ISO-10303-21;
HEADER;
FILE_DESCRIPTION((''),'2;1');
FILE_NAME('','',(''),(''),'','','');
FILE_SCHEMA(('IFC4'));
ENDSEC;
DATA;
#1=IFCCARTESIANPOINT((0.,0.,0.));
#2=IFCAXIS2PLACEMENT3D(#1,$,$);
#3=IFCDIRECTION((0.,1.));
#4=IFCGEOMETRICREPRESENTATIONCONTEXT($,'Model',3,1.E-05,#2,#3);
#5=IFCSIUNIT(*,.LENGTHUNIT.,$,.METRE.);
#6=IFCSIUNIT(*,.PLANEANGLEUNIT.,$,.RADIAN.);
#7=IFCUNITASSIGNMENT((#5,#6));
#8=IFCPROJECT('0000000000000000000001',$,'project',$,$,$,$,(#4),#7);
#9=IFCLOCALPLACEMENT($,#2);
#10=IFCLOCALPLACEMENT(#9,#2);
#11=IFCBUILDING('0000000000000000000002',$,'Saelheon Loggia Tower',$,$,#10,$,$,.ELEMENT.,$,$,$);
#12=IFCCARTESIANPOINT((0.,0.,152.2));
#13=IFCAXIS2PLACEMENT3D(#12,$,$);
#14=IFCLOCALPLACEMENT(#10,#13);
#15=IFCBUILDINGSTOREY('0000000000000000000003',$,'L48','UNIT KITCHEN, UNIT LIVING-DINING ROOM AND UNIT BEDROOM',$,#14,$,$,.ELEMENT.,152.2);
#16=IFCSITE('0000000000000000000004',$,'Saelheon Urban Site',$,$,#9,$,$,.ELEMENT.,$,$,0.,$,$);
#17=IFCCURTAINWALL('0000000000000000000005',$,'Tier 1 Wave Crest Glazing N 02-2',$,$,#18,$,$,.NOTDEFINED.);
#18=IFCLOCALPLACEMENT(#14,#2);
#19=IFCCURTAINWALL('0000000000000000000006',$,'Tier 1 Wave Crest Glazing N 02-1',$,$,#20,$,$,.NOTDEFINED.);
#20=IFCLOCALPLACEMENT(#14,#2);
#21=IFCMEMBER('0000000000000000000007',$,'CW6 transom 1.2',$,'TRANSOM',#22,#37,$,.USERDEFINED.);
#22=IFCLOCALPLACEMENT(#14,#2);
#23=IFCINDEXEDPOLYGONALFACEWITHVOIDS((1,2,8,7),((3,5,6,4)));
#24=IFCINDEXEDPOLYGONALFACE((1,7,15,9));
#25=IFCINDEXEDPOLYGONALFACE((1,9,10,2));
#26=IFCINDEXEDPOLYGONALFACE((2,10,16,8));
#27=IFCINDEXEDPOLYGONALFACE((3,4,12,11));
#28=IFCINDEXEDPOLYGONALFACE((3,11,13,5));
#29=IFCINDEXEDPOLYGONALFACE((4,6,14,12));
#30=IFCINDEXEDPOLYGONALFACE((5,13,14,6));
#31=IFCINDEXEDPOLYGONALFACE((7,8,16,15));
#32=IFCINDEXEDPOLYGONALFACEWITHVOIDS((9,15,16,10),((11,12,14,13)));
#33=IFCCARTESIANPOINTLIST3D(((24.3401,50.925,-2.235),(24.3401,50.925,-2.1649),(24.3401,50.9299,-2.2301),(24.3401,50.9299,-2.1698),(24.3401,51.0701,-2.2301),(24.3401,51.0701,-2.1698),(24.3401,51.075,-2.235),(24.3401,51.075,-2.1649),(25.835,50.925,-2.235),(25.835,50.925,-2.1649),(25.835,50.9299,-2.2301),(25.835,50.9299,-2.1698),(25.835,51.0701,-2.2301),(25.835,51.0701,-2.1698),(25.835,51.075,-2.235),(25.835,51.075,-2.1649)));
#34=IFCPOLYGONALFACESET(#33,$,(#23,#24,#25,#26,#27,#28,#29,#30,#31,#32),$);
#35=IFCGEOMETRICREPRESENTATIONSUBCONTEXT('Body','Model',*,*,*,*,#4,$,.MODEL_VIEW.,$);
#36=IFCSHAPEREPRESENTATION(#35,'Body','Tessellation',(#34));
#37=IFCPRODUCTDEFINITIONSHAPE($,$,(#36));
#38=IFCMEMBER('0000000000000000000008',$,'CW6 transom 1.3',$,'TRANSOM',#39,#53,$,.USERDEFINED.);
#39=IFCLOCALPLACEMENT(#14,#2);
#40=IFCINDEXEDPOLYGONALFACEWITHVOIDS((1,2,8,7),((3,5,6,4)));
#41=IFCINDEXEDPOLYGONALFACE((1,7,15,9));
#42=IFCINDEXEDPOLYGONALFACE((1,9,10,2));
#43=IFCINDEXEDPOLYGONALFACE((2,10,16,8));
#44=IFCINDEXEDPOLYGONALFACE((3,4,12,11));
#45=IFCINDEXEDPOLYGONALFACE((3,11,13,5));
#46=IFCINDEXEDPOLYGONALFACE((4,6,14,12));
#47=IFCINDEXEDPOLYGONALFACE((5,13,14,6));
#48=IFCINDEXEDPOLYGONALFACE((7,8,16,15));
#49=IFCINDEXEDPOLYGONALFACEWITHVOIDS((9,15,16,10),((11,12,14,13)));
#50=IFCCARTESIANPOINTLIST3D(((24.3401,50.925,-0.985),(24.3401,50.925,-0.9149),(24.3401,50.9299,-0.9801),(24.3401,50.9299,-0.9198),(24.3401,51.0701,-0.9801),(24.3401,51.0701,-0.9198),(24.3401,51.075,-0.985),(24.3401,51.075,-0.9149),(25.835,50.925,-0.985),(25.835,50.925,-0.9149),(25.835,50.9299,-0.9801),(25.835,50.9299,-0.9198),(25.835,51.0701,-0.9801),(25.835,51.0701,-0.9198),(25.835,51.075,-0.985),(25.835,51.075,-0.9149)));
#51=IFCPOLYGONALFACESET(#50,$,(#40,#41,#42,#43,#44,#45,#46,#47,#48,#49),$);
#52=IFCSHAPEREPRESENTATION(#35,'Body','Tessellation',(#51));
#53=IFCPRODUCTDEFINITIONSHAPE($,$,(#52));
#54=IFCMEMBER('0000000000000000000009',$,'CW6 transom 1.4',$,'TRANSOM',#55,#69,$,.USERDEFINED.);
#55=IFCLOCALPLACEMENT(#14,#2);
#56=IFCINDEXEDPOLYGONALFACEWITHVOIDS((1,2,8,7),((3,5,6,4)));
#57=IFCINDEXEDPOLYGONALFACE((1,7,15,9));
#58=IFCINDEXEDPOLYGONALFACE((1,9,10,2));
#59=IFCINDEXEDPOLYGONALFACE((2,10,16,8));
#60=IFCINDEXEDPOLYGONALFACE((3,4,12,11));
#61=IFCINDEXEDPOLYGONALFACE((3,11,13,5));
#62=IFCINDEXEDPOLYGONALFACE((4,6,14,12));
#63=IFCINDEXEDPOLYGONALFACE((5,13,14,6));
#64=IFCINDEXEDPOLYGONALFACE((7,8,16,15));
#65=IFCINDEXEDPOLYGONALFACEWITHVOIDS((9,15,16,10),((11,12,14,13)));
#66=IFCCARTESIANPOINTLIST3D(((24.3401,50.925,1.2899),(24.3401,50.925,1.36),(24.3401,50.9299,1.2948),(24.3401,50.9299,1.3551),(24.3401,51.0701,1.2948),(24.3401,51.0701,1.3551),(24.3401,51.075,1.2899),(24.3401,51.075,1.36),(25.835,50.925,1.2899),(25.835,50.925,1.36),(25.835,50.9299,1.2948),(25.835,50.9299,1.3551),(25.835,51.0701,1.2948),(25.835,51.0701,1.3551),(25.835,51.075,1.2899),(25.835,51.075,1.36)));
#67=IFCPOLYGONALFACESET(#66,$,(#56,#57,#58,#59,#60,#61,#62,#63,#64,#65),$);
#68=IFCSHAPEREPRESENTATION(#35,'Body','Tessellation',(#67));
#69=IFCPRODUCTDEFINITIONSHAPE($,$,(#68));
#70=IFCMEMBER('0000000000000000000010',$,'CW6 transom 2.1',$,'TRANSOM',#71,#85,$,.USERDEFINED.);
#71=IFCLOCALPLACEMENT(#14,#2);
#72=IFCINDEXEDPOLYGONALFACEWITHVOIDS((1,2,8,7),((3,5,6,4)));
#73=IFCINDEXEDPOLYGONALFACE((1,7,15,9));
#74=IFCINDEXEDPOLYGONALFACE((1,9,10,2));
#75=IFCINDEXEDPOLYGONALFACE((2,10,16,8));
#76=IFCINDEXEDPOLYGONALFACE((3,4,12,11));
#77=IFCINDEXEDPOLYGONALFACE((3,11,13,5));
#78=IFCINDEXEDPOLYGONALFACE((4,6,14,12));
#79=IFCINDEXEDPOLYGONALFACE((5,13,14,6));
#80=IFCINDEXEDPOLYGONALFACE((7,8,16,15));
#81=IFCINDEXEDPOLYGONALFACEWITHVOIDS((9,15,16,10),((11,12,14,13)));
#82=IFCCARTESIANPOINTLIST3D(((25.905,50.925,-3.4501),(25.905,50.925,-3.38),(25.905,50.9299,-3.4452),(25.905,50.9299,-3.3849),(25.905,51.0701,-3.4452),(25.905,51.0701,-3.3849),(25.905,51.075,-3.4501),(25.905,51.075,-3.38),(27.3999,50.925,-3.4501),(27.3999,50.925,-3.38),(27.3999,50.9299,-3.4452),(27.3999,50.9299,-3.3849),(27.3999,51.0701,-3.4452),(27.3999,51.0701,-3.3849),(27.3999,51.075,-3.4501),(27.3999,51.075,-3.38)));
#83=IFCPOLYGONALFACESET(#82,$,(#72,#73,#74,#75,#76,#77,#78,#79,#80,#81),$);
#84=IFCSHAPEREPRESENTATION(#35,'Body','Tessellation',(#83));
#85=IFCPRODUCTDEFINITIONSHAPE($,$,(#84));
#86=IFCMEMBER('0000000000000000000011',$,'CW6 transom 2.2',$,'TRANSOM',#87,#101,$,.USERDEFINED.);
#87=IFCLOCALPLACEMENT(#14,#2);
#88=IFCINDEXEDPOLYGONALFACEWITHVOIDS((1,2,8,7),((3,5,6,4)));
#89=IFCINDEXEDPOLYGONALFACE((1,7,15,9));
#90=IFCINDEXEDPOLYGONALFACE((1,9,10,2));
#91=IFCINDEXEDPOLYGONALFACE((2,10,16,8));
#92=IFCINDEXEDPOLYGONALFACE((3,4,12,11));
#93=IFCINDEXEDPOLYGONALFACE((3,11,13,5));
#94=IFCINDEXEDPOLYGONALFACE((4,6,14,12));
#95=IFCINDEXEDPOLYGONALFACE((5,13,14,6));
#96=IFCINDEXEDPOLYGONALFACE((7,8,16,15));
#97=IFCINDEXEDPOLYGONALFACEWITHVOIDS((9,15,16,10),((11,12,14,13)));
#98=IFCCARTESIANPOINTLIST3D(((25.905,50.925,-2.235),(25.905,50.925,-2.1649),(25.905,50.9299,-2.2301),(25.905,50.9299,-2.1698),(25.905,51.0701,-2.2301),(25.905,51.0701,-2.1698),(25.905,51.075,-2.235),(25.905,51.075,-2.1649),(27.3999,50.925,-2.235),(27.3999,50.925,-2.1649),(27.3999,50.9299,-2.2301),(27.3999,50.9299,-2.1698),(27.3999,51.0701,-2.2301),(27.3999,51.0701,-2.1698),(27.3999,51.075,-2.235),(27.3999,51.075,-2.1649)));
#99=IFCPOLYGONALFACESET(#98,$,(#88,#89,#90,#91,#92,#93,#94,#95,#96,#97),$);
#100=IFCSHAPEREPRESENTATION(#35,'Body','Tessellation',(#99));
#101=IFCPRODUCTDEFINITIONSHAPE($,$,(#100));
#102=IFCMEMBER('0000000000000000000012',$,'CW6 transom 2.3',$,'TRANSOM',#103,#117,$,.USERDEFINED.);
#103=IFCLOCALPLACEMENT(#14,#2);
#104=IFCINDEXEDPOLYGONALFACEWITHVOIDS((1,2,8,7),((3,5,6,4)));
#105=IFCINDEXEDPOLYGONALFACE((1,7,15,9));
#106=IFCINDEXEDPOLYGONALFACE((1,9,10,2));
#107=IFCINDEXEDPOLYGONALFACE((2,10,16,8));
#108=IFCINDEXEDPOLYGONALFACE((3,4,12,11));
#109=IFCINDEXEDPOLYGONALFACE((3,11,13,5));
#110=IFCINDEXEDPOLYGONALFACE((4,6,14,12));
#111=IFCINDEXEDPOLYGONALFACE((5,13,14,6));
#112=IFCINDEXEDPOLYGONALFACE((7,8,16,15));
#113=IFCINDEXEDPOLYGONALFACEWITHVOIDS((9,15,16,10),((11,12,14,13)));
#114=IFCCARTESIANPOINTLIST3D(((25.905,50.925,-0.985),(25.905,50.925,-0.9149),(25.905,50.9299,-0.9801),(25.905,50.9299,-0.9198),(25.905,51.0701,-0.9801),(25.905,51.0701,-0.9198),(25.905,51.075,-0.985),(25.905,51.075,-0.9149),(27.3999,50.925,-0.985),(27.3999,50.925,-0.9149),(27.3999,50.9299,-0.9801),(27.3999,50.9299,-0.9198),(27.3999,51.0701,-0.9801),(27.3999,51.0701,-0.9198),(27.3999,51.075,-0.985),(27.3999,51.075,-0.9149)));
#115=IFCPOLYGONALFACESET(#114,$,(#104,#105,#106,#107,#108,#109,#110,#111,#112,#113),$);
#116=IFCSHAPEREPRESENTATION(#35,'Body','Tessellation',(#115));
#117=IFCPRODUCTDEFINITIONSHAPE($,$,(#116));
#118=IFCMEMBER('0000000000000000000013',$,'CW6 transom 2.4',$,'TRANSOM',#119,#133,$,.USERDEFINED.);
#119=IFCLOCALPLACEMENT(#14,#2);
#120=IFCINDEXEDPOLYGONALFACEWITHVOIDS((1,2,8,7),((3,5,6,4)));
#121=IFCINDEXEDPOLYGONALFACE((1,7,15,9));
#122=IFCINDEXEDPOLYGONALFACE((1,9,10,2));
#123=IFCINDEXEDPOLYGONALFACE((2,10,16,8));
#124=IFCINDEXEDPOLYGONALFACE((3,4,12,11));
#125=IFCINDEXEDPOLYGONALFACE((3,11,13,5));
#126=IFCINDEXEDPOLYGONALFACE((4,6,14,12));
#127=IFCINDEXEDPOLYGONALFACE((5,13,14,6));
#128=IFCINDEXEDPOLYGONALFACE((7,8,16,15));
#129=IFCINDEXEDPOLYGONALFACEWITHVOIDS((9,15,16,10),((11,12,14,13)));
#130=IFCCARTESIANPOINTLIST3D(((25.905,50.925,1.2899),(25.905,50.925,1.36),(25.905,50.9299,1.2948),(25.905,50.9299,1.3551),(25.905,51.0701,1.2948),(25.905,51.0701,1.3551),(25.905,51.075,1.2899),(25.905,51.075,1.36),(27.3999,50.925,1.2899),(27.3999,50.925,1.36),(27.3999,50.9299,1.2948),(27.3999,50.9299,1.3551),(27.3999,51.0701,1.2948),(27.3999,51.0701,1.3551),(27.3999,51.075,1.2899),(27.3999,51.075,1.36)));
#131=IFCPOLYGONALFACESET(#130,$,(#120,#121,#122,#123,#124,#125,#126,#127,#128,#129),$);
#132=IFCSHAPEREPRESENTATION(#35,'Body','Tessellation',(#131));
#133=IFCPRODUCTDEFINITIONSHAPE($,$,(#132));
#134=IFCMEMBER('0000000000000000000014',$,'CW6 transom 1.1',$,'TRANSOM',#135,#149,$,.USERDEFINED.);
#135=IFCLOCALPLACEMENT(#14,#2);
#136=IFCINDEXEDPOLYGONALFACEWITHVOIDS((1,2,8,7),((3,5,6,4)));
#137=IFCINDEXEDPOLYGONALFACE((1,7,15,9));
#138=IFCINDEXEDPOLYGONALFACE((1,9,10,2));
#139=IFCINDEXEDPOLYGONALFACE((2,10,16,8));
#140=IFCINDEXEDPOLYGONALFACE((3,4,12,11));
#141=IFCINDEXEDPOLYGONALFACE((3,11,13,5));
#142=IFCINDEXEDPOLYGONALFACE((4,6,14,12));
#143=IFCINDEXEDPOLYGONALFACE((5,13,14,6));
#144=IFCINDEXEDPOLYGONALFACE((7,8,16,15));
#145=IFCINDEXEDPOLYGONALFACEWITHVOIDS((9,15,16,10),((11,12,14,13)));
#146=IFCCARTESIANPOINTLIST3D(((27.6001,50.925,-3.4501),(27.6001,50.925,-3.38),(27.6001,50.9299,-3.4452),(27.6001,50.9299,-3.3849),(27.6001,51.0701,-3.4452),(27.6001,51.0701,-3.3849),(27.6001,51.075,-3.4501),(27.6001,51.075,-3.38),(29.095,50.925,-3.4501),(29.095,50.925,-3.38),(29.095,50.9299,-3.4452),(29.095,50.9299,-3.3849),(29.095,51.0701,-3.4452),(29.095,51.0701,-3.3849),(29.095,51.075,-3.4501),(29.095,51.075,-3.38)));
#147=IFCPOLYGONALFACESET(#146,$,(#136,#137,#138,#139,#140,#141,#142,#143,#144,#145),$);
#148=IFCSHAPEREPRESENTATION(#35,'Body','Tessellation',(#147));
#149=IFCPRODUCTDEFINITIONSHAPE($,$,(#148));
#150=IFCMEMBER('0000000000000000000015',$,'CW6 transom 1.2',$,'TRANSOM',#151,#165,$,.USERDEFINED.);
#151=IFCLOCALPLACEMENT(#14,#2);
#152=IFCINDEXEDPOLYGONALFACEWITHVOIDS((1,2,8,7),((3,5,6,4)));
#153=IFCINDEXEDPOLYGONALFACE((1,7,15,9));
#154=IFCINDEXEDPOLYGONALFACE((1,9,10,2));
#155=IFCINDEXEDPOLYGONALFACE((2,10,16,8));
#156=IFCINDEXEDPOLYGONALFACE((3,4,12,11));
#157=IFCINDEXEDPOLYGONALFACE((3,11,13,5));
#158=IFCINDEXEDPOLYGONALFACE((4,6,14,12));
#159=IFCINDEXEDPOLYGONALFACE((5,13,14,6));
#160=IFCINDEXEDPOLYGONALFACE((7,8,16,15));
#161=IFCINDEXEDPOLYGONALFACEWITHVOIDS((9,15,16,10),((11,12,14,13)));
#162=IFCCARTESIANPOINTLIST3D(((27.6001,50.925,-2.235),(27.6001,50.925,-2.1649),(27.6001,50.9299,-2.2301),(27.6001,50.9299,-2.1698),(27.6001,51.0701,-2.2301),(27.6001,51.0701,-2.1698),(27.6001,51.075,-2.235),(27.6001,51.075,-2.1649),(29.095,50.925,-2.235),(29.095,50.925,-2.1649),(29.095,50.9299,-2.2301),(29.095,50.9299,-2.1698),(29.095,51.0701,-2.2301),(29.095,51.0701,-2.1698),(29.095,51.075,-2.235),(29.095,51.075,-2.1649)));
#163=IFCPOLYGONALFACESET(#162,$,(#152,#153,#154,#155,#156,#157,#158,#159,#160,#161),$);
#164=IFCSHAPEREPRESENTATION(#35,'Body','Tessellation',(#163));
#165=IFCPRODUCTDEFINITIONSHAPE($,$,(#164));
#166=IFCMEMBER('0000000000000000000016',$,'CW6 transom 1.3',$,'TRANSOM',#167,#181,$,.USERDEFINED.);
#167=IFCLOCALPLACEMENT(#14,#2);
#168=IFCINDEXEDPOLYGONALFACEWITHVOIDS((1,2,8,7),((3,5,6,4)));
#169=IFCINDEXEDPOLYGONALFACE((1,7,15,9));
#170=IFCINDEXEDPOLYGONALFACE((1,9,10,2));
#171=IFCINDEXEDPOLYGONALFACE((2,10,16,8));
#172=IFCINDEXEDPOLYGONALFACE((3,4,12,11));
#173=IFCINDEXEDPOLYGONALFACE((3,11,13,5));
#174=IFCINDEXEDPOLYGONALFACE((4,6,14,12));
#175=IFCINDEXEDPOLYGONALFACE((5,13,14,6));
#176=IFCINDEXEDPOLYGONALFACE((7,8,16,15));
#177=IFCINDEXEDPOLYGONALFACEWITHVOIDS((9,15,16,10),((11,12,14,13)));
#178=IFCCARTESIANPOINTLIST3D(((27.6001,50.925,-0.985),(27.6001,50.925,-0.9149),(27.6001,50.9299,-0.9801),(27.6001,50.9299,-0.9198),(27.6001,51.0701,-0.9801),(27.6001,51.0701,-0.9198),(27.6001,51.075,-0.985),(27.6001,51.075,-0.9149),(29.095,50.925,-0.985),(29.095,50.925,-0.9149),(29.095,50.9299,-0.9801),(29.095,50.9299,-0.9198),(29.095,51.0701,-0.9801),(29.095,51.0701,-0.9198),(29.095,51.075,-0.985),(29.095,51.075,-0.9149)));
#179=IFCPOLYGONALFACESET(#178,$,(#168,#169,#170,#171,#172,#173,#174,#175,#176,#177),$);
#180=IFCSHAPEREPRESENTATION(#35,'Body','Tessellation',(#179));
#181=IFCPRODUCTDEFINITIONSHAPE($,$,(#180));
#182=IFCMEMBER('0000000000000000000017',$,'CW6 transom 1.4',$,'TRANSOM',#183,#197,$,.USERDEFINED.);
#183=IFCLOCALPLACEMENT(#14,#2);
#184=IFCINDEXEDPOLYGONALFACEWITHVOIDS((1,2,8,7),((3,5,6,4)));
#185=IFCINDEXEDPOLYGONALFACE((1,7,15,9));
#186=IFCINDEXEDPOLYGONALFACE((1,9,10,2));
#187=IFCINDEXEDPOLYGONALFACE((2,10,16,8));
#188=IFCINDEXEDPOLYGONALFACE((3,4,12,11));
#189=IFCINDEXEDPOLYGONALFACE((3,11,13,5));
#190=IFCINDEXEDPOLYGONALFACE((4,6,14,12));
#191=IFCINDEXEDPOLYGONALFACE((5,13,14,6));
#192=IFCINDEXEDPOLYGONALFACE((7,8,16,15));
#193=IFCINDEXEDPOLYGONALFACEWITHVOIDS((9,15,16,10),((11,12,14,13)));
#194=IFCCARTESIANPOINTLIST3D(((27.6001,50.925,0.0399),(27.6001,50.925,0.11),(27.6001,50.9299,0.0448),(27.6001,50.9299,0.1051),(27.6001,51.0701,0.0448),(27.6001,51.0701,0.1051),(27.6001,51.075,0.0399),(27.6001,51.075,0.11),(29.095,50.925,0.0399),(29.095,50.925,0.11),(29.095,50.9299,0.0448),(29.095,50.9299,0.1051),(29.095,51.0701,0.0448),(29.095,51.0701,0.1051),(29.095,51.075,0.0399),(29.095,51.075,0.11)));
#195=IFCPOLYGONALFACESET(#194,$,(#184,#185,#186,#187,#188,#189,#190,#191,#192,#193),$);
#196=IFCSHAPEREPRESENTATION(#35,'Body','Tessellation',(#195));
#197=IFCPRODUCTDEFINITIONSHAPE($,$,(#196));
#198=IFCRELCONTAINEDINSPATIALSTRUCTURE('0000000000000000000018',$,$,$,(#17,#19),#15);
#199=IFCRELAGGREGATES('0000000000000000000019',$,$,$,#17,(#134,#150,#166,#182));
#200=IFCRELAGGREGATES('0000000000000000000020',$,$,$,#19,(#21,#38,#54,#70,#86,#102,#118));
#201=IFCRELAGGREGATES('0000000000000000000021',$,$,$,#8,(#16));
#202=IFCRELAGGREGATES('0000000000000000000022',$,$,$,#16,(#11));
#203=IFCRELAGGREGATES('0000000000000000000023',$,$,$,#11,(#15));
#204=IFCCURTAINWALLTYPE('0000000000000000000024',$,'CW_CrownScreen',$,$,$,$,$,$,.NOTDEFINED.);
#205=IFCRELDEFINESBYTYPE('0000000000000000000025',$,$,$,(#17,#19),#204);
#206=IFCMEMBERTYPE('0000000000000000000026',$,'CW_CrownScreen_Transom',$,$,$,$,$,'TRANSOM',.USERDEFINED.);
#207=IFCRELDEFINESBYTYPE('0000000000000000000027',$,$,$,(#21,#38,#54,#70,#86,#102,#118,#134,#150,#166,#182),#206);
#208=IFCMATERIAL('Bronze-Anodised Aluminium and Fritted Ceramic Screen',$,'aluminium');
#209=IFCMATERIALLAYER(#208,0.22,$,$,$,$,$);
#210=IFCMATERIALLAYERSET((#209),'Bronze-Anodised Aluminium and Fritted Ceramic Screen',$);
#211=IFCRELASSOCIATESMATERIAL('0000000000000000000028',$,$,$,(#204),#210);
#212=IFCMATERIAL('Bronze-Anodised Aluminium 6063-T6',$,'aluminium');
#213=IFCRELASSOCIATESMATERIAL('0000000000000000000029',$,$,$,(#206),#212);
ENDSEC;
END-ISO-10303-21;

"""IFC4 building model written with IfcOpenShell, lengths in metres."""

from ifc_helpers import new_model, si_unit, direction, frame, origin, origin_2d, place, context, subcontext, project, spatial, hollow_rectangle, extrude, source, transform, mapped, material, layer, layer_set, material_profile, profile_set, type_object, element, aggregate, save


model = new_model("IFC4")

# Units and contexts
model_context = context("Model", 3, precision=1e-05, world=origin(), true_north=direction((0.0, 1.0)))
body_context = subcontext(model_context, "Body", "Model", "MODEL_VIEW")
ifc_project = project(units=[si_unit("LENGTHUNIT", "METRE"), si_unit("PLANEANGLEUNIT", "RADIAN")], contexts=[model_context])

# Site, building, storey
site_placement = place(None, origin())
site = spatial("IfcSite", under=ifc_project, at=site_placement, Name="Saelheon Urban Site", CompositionType="ELEMENT", RefElevation=0.0)
building_placement = place(site_placement, origin())
building = spatial("IfcBuilding", under=site, at=building_placement, Name="Saelheon Loggia Tower", CompositionType="ELEMENT")
storey_placement = place(building_placement, frame((0.0, 0.0, 152.2)))
storey = spatial("IfcBuildingStorey", under=building, at=storey_placement, Name="L48", Description="UNIT KITCHEN, UNIT LIVING-DINING ROOM AND UNIT BEDROOM", CompositionType="ELEMENT", Elevation=152.2)

# Curtain walls, members
ifc_material_1 = material(Name="Bronze-Anodised Aluminium and Fritted Ceramic Screen", Category="aluminium")
ifc_layer_1 = layer(ifc_material_1, 0.22)
ifc_layer_set_1 = layer_set([ifc_layer_1], Name="Bronze-Anodised Aluminium and Fritted Ceramic Screen")
curtain_wall_type = type_object("IfcCurtainWallType", Name="CW_CrownScreen", PredefinedType="NOTDEFINED", material=ifc_layer_set_1)
curtain_wall_1_placement = place(storey_placement, origin())
curtain_wall_1 = element("IfcCurtainWall", 1, at=curtain_wall_1_placement, inside=storey, type_object=curtain_wall_type, Name="Tier 1 Wave Crest Glazing N 02-2", PredefinedType="NOTDEFINED")
ifc_material_2 = material(Name="Bronze-Anodised Aluminium 6063-T6", Category="aluminium")
curtain_wall_2_placement = place(storey_placement, origin())
curtain_wall_2 = element("IfcCurtainWall", 2, at=curtain_wall_2_placement, inside=storey, type_object=curtain_wall_type, Name="Tier 1 Wave Crest Glazing N 02-1", PredefinedType="NOTDEFINED")
ifc_material_profile_1 = material_profile(ifc_material_2, hollow_rectangle(XDim=0.0701, YDim=0.1499, WallThickness=0.0049, at=origin_2d()), Name="RHS-150x70x5")
ifc_profile_set_1 = profile_set([ifc_material_profile_1], Name="Bronze-Anodised Aluminium 6063-T6")
member_type_1 = type_object("IfcMemberType", Name="CW_CrownScreen_Transom", ElementType="TRANSOM", PredefinedType="USERDEFINED", material=ifc_profile_set_1)
shared_shape_1 = source(origin(), body_context, "Body", "SweptSolid", [
    extrude(hollow_rectangle(XDim=0.0701, YDim=0.1499, WallThickness=0.0049, at=origin_2d()), origin(), (0.0, 0.0, 1.0), 1.4949),
])
member_1_placement = place(storey_placement, frame((24.3401, 51.0, -2.2), z_axis=(1.0, 0.0, 0.0), x_axis=(0.0, 0.0, 1.0)))
member_1 = element("IfcMember", 3, at=member_1_placement, type_object=member_type_1, Name="CW6 transom 1.2", ObjectType="TRANSOM", PredefinedType="USERDEFINED", context=body_context, shape_type="MappedRepresentation", body=[
    mapped(shared_shape_1, transform((0.0, 0.0, 0.0), scale=1.0)),
])
member_2_placement = place(storey_placement, frame((24.3401, 51.0, -0.95), z_axis=(1.0, 0.0, 0.0), x_axis=(0.0, 0.0, 1.0)))
member_2 = element("IfcMember", 4, at=member_2_placement, type_object=member_type_1, Name="CW6 transom 1.3", ObjectType="TRANSOM", PredefinedType="USERDEFINED", context=body_context, shape_type="MappedRepresentation", body=[
    mapped(shared_shape_1, transform((0.0, 0.0, 0.0), scale=1.0)),
])
member_3_placement = place(storey_placement, frame((24.3401, 51.0, 1.325), z_axis=(1.0, 0.0, 0.0), x_axis=(0.0, 0.0, 1.0)))
member_3 = element("IfcMember", 5, at=member_3_placement, type_object=member_type_1, Name="CW6 transom 1.4", ObjectType="TRANSOM", PredefinedType="USERDEFINED", context=body_context, shape_type="MappedRepresentation", body=[
    mapped(shared_shape_1, transform((0.0, 0.0, 0.0), scale=1.0)),
])
member_4_placement = place(storey_placement, frame((25.905, 51.0, -3.415), z_axis=(1.0, 0.0, 0.0), x_axis=(0.0, 0.0, 1.0)))
member_4 = element("IfcMember", 6, at=member_4_placement, type_object=member_type_1, Name="CW6 transom 2.1", ObjectType="TRANSOM", PredefinedType="USERDEFINED", context=body_context, shape_type="MappedRepresentation", body=[
    mapped(shared_shape_1, transform((0.0, 0.0, 0.0), scale=1.0)),
])
member_5_placement = place(storey_placement, frame((25.905, 51.0, -2.2), z_axis=(1.0, 0.0, 0.0), x_axis=(0.0, 0.0, 1.0)))
member_5 = element("IfcMember", 7, at=member_5_placement, type_object=member_type_1, Name="CW6 transom 2.2", ObjectType="TRANSOM", PredefinedType="USERDEFINED", context=body_context, shape_type="MappedRepresentation", body=[
    mapped(shared_shape_1, transform((0.0, 0.0, 0.0), scale=1.0)),
])
member_6_placement = place(storey_placement, frame((25.905, 51.0, -0.95), z_axis=(1.0, 0.0, 0.0), x_axis=(0.0, 0.0, 1.0)))
member_6 = element("IfcMember", 8, at=member_6_placement, type_object=member_type_1, Name="CW6 transom 2.3", ObjectType="TRANSOM", PredefinedType="USERDEFINED", context=body_context, shape_type="MappedRepresentation", body=[
    mapped(shared_shape_1, transform((0.0, 0.0, 0.0), scale=1.0)),
])
member_7_placement = place(storey_placement, frame((25.905, 51.0, 1.325), z_axis=(1.0, 0.0, 0.0), x_axis=(0.0, 0.0, 1.0)))
member_7 = element("IfcMember", 9, at=member_7_placement, type_object=member_type_1, Name="CW6 transom 2.4", ObjectType="TRANSOM", PredefinedType="USERDEFINED", context=body_context, shape_type="MappedRepresentation", body=[
    mapped(shared_shape_1, transform((0.0, 0.0, 0.0), scale=1.0)),
])

# Members
member_8_placement = place(storey_placement, frame((27.6001, 51.0, -3.415), z_axis=(1.0, 0.0, 0.0), x_axis=(0.0, 0.0, 1.0)))
member_8 = element("IfcMember", 10, at=member_8_placement, type_object=member_type_1, Name="CW6 transom 1.1", ObjectType="TRANSOM", PredefinedType="USERDEFINED", context=body_context, shape_type="MappedRepresentation", body=[
    mapped(shared_shape_1, transform((0.0, 0.0, 0.0), scale=1.0)),
])
member_9_placement = place(storey_placement, frame((27.6001, 51.0, -2.2), z_axis=(1.0, 0.0, 0.0), x_axis=(0.0, 0.0, 1.0)))
member_9 = element("IfcMember", 11, at=member_9_placement, type_object=member_type_1, Name="CW6 transom 1.2", ObjectType="TRANSOM", PredefinedType="USERDEFINED", context=body_context, shape_type="MappedRepresentation", body=[
    mapped(shared_shape_1, transform((0.0, 0.0, 0.0), scale=1.0)),
])
member_10_placement = place(storey_placement, frame((27.6001, 51.0, -0.95), z_axis=(1.0, 0.0, 0.0), x_axis=(0.0, 0.0, 1.0)))
member_10 = element("IfcMember", 12, at=member_10_placement, type_object=member_type_1, Name="CW6 transom 1.3", ObjectType="TRANSOM", PredefinedType="USERDEFINED", context=body_context, shape_type="MappedRepresentation", body=[
    mapped(shared_shape_1, transform((0.0, 0.0, 0.0), scale=1.0)),
])
member_11_placement = place(storey_placement, frame((27.6001, 51.0, 0.075), z_axis=(1.0, 0.0, 0.0), x_axis=(0.0, 0.0, 1.0)))
member_11 = element("IfcMember", 13, at=member_11_placement, type_object=member_type_1, Name="CW6 transom 1.4", ObjectType="TRANSOM", PredefinedType="USERDEFINED", context=body_context, shape_type="MappedRepresentation", body=[
    mapped(shared_shape_1, transform((0.0, 0.0, 0.0), scale=1.0)),
])

aggregate(curtain_wall_1, [member_8, member_9, member_10, member_11])
aggregate(curtain_wall_2, [member_1, member_2, member_3, member_4, member_5, member_6, member_7])

save(model, "model.ifc")
